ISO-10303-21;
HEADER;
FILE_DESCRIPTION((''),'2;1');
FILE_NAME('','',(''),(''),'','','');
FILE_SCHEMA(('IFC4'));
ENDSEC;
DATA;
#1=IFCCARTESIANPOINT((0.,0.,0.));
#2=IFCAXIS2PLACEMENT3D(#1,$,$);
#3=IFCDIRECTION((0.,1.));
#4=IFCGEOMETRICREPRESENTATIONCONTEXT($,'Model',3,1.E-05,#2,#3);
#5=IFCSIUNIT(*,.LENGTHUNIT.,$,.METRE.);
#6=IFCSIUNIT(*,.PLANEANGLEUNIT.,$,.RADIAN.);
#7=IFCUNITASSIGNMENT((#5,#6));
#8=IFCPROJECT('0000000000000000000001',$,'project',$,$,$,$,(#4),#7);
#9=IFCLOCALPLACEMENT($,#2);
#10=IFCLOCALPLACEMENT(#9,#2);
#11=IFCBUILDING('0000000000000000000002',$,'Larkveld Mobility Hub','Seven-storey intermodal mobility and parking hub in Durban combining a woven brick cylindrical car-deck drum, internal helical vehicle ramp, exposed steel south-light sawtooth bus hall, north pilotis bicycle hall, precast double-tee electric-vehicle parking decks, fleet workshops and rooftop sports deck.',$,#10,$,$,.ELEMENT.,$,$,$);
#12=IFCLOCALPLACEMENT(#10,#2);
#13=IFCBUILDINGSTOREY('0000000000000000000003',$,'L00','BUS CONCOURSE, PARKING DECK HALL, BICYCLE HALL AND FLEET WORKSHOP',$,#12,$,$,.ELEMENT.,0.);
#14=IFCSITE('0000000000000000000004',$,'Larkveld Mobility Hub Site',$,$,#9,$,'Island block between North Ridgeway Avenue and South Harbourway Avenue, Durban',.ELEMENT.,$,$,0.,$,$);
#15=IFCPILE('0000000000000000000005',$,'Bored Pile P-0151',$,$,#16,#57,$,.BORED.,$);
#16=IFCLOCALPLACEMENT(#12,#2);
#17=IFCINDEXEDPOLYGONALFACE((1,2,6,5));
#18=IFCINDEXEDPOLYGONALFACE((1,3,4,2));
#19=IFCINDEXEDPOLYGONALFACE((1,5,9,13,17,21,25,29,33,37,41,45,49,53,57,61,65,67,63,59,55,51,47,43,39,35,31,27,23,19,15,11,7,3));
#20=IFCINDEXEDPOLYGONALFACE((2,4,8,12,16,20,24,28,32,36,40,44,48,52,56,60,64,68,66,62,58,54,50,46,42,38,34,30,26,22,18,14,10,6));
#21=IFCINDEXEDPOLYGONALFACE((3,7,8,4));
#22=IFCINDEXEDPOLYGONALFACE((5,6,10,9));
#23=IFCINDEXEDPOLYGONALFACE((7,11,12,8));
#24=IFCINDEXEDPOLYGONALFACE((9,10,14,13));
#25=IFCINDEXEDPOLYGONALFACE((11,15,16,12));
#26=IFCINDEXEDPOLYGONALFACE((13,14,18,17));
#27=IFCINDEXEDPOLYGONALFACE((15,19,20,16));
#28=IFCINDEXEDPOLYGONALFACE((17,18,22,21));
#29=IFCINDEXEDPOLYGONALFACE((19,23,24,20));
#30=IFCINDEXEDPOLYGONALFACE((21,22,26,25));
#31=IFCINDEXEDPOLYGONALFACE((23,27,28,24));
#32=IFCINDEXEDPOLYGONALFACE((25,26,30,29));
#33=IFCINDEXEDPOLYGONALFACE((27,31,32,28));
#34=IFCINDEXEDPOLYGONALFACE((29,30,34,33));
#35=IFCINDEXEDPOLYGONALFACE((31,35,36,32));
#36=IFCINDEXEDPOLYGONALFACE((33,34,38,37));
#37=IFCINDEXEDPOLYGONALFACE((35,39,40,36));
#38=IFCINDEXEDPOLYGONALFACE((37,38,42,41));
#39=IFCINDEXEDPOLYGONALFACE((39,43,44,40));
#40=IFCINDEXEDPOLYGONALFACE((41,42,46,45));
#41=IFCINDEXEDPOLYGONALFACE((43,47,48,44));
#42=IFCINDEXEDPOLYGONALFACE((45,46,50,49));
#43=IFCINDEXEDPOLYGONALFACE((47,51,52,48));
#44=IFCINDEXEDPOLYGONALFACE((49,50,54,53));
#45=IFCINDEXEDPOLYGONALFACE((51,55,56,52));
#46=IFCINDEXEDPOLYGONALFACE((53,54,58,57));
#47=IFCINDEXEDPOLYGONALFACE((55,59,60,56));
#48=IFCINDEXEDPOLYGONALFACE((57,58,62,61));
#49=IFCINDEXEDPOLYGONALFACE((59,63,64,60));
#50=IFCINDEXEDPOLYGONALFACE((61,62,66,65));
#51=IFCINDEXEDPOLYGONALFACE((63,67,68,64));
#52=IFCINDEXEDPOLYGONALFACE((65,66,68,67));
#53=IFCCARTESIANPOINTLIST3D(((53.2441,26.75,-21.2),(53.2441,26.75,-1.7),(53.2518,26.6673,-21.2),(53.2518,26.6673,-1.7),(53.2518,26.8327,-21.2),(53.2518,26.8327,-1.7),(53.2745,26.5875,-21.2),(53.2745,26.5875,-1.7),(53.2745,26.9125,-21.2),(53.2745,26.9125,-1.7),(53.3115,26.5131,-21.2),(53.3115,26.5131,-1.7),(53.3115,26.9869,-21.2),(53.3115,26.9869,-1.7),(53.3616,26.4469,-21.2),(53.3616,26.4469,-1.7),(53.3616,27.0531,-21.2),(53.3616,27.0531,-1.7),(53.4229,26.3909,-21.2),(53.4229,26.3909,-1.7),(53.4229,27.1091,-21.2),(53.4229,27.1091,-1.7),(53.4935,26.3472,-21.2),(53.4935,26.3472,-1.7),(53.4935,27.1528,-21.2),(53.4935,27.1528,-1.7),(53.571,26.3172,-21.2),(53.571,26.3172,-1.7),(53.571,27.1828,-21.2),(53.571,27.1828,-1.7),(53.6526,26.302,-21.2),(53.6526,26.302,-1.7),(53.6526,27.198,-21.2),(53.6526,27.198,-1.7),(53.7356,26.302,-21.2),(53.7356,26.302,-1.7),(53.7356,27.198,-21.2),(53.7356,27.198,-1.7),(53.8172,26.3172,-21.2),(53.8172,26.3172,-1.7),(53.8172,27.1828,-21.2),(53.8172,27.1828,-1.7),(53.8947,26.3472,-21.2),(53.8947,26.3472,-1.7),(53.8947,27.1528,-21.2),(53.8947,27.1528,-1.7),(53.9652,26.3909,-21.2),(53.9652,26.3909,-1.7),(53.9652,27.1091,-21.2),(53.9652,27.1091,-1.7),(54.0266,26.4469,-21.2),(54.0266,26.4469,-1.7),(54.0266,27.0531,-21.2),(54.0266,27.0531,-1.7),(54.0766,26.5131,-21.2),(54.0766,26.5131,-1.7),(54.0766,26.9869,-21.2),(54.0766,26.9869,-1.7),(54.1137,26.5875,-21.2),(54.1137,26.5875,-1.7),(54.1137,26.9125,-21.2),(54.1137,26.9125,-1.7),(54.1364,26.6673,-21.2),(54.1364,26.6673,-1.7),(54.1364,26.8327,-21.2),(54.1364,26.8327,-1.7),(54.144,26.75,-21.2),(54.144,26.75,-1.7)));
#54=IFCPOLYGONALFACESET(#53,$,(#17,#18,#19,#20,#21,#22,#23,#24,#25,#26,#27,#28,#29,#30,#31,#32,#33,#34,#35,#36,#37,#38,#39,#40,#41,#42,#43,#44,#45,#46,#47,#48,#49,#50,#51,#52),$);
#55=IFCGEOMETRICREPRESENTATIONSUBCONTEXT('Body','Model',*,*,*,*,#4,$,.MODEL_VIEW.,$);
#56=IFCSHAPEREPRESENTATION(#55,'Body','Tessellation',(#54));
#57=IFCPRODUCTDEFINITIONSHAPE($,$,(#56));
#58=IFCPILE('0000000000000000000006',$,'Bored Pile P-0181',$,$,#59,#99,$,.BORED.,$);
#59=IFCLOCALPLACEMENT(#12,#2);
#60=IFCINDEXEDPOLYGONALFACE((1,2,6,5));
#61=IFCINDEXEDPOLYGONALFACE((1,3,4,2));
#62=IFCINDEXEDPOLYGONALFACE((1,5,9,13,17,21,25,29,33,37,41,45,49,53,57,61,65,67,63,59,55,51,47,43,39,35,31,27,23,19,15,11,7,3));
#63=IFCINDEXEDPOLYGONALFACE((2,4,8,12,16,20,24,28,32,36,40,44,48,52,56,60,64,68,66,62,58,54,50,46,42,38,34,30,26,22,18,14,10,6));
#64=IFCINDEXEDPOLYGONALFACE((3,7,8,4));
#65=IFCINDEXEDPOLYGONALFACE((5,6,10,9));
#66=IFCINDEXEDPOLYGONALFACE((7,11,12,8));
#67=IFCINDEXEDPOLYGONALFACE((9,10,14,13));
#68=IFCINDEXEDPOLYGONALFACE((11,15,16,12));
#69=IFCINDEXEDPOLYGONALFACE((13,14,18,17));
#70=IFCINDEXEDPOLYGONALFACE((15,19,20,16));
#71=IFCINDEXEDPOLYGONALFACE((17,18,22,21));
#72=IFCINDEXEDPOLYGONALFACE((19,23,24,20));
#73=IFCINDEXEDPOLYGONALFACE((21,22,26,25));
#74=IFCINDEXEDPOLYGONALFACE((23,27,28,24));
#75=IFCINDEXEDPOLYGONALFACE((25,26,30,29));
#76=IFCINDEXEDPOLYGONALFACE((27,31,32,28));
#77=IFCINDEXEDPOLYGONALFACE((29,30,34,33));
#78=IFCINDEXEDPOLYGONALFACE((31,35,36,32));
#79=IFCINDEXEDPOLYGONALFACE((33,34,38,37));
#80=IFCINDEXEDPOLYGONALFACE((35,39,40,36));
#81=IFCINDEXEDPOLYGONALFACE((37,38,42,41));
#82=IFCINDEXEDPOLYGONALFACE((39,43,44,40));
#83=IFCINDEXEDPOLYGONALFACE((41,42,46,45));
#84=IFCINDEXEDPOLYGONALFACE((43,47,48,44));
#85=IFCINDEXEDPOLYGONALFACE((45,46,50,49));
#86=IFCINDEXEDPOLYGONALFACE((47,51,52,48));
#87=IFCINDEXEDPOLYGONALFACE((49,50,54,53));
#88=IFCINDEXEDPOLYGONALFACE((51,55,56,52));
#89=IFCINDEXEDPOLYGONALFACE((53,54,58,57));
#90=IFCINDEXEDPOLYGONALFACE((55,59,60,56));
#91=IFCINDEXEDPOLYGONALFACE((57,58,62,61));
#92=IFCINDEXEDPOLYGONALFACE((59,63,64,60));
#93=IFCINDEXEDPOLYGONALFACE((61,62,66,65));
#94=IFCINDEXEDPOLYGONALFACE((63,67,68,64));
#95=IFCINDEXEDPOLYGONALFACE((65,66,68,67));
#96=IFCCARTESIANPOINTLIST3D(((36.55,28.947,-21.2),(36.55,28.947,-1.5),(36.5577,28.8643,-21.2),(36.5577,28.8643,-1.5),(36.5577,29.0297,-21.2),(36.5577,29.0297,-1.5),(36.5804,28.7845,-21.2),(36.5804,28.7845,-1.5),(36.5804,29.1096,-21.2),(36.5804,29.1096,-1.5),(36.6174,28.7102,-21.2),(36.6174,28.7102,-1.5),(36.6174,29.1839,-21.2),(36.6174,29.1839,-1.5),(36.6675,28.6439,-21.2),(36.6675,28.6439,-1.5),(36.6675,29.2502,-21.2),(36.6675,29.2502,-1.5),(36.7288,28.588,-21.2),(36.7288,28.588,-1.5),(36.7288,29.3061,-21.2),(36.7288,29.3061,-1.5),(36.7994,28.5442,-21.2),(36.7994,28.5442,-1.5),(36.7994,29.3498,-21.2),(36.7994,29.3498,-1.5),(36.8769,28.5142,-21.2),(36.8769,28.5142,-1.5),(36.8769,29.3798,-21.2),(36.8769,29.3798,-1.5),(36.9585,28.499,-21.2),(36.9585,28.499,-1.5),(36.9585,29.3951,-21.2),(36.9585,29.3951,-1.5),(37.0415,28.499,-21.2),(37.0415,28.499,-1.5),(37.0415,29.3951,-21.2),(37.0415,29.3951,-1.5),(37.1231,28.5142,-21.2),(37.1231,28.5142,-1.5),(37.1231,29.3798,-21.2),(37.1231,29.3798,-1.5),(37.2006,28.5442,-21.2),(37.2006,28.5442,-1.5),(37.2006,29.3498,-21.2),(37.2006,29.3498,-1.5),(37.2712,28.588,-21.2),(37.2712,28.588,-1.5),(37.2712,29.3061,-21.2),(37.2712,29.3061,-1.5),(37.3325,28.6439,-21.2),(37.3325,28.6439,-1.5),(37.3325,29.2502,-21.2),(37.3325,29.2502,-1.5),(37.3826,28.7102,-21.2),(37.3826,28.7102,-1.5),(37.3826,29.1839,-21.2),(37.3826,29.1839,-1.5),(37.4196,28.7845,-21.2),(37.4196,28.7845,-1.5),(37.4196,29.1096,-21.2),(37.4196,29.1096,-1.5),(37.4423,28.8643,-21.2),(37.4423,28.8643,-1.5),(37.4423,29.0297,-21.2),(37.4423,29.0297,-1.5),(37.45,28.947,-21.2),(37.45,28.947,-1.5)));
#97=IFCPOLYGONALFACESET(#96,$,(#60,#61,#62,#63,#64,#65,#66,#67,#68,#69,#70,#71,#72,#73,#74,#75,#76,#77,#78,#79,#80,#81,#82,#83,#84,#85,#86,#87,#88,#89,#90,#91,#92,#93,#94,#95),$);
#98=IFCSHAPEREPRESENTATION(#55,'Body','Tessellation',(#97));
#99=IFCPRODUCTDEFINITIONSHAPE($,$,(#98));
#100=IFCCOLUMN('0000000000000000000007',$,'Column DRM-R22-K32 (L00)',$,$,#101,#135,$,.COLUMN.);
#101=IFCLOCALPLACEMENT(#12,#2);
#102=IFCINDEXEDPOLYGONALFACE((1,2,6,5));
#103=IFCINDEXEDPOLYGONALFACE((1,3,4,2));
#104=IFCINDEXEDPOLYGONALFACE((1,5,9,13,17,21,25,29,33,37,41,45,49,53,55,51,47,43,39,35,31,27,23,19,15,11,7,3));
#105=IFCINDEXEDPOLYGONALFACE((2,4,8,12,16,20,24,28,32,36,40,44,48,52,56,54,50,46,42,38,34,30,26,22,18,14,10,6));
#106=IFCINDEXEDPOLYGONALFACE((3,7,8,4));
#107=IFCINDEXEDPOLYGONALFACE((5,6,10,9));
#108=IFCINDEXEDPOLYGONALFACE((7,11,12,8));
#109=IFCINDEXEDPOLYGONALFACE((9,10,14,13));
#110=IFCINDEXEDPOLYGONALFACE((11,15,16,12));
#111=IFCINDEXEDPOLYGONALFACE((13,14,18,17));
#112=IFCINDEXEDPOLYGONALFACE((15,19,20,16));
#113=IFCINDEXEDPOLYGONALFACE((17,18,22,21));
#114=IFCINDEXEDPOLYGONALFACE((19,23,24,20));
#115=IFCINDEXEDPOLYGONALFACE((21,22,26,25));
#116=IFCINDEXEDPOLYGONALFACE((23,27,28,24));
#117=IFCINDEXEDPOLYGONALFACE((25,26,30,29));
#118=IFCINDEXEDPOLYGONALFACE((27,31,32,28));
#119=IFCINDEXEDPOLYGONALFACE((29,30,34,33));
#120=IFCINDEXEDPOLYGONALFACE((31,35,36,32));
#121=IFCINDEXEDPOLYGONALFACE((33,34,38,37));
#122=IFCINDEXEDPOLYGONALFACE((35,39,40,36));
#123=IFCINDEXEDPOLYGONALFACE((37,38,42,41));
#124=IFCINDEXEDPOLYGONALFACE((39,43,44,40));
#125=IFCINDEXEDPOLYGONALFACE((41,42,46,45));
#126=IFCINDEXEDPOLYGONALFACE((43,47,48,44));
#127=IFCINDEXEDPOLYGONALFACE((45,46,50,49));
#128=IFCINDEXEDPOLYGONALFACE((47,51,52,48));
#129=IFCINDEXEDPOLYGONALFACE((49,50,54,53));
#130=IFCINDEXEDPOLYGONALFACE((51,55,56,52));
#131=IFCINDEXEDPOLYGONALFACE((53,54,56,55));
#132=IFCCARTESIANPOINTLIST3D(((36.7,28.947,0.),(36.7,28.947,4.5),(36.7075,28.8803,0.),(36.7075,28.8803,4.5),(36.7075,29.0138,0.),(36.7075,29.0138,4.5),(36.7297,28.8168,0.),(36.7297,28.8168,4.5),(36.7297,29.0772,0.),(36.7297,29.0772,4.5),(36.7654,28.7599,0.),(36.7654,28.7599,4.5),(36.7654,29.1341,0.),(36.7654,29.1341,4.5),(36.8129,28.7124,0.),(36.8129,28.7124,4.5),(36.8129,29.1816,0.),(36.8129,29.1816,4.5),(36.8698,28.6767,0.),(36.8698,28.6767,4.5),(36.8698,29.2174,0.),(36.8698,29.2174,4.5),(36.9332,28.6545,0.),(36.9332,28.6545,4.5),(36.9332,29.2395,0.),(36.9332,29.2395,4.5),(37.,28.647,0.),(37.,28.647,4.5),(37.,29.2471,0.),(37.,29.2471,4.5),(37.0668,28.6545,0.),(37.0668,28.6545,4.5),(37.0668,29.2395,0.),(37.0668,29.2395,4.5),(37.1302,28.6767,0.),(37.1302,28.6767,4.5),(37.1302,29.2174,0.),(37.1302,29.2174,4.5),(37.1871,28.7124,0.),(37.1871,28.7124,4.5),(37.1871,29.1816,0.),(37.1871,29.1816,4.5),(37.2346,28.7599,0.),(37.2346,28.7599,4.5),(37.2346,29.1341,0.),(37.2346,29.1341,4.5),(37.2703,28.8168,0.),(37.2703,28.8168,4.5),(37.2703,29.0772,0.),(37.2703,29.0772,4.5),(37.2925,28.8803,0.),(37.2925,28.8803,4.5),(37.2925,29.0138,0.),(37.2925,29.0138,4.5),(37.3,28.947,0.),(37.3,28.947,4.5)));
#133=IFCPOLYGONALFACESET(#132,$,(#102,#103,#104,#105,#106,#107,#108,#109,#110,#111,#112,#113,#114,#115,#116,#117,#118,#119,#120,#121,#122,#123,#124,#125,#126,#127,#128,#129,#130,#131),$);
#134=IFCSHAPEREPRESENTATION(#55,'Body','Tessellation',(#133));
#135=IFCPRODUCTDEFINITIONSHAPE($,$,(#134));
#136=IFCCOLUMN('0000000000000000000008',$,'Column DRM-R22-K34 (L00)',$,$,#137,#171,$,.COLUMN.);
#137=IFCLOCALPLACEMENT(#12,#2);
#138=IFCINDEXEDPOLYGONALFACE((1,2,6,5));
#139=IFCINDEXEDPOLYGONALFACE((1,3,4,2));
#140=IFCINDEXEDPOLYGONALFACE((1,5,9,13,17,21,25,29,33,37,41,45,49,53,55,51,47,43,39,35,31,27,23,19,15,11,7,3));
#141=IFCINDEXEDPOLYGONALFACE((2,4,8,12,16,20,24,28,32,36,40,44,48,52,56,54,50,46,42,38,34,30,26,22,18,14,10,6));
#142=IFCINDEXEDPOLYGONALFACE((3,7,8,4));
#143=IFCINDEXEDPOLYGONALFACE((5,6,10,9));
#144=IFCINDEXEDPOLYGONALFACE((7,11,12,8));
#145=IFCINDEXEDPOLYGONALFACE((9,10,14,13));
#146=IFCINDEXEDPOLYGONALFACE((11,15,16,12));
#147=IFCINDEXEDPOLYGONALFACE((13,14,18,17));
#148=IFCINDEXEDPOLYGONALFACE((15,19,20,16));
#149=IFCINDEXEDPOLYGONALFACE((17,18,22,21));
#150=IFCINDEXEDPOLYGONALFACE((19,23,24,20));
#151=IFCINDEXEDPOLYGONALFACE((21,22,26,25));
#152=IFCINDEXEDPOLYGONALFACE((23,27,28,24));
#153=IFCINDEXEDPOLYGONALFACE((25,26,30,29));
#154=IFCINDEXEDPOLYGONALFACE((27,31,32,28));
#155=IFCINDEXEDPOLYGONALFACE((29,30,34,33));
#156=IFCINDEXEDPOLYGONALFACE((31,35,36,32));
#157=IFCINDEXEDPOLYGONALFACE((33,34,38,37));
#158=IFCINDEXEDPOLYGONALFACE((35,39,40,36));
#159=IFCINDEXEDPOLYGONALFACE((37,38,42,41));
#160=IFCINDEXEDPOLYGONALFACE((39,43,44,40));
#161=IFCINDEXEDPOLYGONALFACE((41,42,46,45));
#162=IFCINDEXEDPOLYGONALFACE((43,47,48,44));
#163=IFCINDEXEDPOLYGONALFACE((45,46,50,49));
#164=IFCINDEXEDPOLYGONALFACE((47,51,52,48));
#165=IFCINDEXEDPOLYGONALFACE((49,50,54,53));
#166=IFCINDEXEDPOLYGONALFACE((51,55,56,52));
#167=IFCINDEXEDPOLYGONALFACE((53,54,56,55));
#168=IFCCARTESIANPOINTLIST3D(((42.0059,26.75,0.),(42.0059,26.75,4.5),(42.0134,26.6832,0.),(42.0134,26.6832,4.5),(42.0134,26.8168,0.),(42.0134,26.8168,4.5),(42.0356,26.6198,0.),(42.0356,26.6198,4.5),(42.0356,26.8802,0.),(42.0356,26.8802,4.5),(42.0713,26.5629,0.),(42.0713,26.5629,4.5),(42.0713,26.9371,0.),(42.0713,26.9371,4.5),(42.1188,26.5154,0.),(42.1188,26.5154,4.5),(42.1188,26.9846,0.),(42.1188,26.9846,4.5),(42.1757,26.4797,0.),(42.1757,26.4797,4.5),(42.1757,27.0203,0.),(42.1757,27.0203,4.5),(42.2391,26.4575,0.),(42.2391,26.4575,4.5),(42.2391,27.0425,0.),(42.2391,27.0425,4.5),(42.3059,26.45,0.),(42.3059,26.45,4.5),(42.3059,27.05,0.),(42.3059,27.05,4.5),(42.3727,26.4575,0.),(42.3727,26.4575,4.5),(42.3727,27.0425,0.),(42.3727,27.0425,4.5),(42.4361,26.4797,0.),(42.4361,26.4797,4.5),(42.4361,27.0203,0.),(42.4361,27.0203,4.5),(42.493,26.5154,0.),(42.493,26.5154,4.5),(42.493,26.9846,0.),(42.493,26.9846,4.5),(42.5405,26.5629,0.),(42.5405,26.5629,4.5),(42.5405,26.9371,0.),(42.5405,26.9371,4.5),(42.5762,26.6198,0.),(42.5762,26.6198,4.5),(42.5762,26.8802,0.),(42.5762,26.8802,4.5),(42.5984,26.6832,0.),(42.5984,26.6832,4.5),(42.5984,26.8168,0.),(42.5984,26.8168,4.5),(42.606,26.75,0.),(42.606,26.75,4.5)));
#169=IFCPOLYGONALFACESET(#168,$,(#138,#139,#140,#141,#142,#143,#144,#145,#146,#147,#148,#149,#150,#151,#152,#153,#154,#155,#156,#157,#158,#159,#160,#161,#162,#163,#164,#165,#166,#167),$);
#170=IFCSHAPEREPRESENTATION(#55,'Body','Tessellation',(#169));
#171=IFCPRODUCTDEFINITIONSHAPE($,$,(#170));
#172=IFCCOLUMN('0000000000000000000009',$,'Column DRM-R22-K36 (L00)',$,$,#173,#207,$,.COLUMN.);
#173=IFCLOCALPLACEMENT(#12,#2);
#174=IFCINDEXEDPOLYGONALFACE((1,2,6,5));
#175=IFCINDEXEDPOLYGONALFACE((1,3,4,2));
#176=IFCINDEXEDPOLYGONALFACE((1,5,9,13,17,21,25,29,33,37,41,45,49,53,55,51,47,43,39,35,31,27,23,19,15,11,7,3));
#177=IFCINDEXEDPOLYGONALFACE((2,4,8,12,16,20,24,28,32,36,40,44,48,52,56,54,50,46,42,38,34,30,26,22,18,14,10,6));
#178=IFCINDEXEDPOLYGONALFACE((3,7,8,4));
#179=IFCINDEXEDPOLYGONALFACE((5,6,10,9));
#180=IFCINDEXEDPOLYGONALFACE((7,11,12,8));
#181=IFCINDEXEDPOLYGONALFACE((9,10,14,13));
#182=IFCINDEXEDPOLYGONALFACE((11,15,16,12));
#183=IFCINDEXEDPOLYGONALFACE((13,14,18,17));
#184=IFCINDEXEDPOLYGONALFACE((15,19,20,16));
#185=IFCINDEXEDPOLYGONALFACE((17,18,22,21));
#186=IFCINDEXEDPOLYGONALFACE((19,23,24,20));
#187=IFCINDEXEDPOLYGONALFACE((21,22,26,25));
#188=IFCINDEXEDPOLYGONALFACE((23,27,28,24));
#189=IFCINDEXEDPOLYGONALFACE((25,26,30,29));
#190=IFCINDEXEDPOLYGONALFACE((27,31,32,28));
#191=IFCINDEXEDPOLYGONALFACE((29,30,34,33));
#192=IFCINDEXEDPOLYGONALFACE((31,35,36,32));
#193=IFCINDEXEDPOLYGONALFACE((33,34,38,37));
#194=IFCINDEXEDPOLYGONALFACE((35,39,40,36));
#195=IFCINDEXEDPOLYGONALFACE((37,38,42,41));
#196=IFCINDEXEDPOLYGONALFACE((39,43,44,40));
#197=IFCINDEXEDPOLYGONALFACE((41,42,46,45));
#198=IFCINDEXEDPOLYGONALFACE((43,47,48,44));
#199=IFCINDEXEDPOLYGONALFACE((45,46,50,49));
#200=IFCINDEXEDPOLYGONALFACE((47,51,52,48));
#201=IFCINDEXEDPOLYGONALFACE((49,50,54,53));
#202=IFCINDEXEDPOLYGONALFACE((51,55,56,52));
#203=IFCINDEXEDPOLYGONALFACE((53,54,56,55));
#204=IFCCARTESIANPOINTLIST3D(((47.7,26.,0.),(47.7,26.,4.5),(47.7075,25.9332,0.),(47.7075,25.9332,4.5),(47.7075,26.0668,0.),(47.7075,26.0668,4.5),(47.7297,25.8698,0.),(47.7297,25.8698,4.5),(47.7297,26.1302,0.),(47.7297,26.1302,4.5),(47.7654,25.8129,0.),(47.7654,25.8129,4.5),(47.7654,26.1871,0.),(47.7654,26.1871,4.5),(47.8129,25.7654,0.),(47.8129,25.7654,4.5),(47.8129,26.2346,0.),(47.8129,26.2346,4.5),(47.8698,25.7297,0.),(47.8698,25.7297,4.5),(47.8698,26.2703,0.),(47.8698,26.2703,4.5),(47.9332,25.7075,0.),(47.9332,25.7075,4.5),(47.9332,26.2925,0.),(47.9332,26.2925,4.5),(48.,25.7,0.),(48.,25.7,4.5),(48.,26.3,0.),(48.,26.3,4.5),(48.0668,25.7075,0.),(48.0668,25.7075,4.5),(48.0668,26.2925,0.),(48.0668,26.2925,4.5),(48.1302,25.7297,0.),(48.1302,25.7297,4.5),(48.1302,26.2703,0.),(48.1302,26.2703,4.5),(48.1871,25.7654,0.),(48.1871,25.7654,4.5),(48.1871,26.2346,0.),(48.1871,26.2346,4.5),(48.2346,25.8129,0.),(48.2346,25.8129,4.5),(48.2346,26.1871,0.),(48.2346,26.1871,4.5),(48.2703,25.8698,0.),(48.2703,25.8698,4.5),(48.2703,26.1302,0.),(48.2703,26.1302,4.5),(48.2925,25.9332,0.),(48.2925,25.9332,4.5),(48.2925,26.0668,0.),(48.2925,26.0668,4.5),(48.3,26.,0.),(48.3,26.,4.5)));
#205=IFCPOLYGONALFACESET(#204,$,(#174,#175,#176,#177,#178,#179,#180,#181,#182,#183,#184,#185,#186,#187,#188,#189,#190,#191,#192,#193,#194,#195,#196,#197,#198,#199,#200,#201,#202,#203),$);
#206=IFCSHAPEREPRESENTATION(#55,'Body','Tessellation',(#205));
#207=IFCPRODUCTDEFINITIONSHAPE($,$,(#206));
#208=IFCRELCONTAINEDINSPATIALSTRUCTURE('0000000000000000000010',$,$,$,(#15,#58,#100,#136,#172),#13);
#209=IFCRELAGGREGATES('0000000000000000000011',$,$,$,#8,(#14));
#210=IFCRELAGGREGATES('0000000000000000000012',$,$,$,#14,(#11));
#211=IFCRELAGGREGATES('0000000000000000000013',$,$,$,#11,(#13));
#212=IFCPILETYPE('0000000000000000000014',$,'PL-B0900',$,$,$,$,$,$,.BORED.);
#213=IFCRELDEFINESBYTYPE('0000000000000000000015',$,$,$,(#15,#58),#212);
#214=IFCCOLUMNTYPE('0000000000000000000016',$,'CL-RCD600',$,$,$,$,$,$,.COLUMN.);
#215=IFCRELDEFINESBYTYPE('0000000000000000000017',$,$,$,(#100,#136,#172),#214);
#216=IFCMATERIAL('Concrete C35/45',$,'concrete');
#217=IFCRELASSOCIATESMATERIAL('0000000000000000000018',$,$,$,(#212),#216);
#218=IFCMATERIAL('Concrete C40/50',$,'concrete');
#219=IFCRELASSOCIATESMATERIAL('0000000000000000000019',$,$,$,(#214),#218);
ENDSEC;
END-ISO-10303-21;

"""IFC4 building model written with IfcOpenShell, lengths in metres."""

from ifc_helpers import new_model, si_unit, direction, frame, origin, origin_2d, place, context, subcontext, project, spatial, circle, extrude, material, material_profile, profile_set, type_object, element, save


model = new_model("IFC4")

# Units and contexts
model_context = context("Model", 3, precision=1e-05, world=origin(), true_north=direction((0.0, 1.0)))
body_context = subcontext(model_context, "Body", "Model", "MODEL_VIEW")
ifc_project = project(units=[si_unit("LENGTHUNIT", "METRE"), si_unit("PLANEANGLEUNIT", "RADIAN")], contexts=[model_context])

# Site, building, storey
site_placement = place(None, origin())
site = spatial("IfcSite", under=ifc_project, at=site_placement, Name="Larkveld Mobility Hub Site", LongName="Island block between North Ridgeway Avenue and South Harbourway Avenue, Durban", CompositionType="ELEMENT", RefElevation=0.0)
building_placement = place(site_placement, origin())
building = spatial("IfcBuilding", under=site, at=building_placement, Name="Larkveld Mobility Hub", Description="Seven-storey intermodal mobility and parking hub in Durban combining a woven brick cylindrical car-deck drum, internal helical vehicle ramp, exposed steel south-light sawtooth bus hall, north pilotis bicycle hall, precast double-tee electric-vehicle parking decks, fleet workshops and rooftop sports deck.", CompositionType="ELEMENT")
storey_placement = place(building_placement, origin())
storey = spatial("IfcBuildingStorey", under=building, at=storey_placement, Name="L00", Description="BUS CONCOURSE, PARKING DECK HALL, BICYCLE HALL AND FLEET WORKSHOP", CompositionType="ELEMENT", Elevation=0.0)

# Shared definitions
ifc_material_1 = material(Name="Concrete C35/45", Category="concrete")

# Piles
ifc_material_profile_1 = material_profile(ifc_material_1, circle(Radius=0.45, at=origin_2d()), Name="PILE D900")
ifc_profile_set_1 = profile_set([ifc_material_profile_1], Name="Concrete C35/45")
pile_type = type_object("IfcPileType", Name="PL-B0900", PredefinedType="BORED", material=ifc_profile_set_1)
for number, where, z_axis, x_axis, name in (
    (1, (53.6941, 26.75, -1.7), (0.0, 0.0, -1.0), (1.0, 0.0, 0.0), "Bored Pile P-0151"),
):
    element("IfcPile", number, at=place(storey_placement, frame(where, z_axis=z_axis, x_axis=x_axis)), inside=storey, type_object=pile_type, Name=name, PredefinedType="BORED", context=body_context, shape_type="SweptSolid", body=[
        extrude(circle(Radius=0.45, at=origin_2d()), origin(), (0.0, 0.0, 1.0), 19.5),
    ])
pile_1_placement = place(storey_placement, frame((37.0, 28.947, -1.5), z_axis=(0.0, 0.0, -1.0), x_axis=(1.0, 0.0, 0.0)))
element("IfcPile", 2, at=pile_1_placement, inside=storey, type_object=pile_type, Name="Bored Pile P-0181", PredefinedType="BORED", context=body_context, shape_type="SweptSolid", body=[
    extrude(circle(Radius=0.45, at=origin_2d()), origin(), (0.0, 0.0, 1.0), 19.7),
])

# Columns
ifc_material_2 = material(Name="Concrete C40/50", Category="concrete")
ifc_material_profile_2 = material_profile(ifc_material_2, circle(Radius=0.3, at=origin_2d()), Name="RC COL D600")
ifc_profile_set_2 = profile_set([ifc_material_profile_2], Name="Concrete C40/50")
column_type_1 = type_object("IfcColumnType", Name="CL-RCD600", PredefinedType="COLUMN", material=ifc_profile_set_2)
for number, where, z_axis, x_axis, name in (
    (3, (37.0, 28.947, 0.0), (0.0, 0.0, 1.0), (1.0, 0.0, 0.0), "Column DRM-R22-K32 (L00)"),
    (4, (42.3059, 26.75, 0.0), (0.0, 0.0, 1.0), (1.0, 0.0, 0.0), "Column DRM-R22-K34 (L00)"),
    (5, (48.0, 26.0, 0.0), (0.0, 0.0, 1.0), (1.0, 0.0, 0.0), "Column DRM-R22-K36 (L00)"),
):
    element("IfcColumn", number, at=place(storey_placement, frame(where, z_axis=z_axis, x_axis=x_axis)), inside=storey, type_object=column_type_1, Name=name, PredefinedType="COLUMN", context=body_context, shape_type="SweptSolid", body=[
        extrude(circle(Radius=0.3, at=origin_2d()), origin(), (0.0, 0.0, 1.0), 4.5),
    ])

save(model, "model.ifc")
